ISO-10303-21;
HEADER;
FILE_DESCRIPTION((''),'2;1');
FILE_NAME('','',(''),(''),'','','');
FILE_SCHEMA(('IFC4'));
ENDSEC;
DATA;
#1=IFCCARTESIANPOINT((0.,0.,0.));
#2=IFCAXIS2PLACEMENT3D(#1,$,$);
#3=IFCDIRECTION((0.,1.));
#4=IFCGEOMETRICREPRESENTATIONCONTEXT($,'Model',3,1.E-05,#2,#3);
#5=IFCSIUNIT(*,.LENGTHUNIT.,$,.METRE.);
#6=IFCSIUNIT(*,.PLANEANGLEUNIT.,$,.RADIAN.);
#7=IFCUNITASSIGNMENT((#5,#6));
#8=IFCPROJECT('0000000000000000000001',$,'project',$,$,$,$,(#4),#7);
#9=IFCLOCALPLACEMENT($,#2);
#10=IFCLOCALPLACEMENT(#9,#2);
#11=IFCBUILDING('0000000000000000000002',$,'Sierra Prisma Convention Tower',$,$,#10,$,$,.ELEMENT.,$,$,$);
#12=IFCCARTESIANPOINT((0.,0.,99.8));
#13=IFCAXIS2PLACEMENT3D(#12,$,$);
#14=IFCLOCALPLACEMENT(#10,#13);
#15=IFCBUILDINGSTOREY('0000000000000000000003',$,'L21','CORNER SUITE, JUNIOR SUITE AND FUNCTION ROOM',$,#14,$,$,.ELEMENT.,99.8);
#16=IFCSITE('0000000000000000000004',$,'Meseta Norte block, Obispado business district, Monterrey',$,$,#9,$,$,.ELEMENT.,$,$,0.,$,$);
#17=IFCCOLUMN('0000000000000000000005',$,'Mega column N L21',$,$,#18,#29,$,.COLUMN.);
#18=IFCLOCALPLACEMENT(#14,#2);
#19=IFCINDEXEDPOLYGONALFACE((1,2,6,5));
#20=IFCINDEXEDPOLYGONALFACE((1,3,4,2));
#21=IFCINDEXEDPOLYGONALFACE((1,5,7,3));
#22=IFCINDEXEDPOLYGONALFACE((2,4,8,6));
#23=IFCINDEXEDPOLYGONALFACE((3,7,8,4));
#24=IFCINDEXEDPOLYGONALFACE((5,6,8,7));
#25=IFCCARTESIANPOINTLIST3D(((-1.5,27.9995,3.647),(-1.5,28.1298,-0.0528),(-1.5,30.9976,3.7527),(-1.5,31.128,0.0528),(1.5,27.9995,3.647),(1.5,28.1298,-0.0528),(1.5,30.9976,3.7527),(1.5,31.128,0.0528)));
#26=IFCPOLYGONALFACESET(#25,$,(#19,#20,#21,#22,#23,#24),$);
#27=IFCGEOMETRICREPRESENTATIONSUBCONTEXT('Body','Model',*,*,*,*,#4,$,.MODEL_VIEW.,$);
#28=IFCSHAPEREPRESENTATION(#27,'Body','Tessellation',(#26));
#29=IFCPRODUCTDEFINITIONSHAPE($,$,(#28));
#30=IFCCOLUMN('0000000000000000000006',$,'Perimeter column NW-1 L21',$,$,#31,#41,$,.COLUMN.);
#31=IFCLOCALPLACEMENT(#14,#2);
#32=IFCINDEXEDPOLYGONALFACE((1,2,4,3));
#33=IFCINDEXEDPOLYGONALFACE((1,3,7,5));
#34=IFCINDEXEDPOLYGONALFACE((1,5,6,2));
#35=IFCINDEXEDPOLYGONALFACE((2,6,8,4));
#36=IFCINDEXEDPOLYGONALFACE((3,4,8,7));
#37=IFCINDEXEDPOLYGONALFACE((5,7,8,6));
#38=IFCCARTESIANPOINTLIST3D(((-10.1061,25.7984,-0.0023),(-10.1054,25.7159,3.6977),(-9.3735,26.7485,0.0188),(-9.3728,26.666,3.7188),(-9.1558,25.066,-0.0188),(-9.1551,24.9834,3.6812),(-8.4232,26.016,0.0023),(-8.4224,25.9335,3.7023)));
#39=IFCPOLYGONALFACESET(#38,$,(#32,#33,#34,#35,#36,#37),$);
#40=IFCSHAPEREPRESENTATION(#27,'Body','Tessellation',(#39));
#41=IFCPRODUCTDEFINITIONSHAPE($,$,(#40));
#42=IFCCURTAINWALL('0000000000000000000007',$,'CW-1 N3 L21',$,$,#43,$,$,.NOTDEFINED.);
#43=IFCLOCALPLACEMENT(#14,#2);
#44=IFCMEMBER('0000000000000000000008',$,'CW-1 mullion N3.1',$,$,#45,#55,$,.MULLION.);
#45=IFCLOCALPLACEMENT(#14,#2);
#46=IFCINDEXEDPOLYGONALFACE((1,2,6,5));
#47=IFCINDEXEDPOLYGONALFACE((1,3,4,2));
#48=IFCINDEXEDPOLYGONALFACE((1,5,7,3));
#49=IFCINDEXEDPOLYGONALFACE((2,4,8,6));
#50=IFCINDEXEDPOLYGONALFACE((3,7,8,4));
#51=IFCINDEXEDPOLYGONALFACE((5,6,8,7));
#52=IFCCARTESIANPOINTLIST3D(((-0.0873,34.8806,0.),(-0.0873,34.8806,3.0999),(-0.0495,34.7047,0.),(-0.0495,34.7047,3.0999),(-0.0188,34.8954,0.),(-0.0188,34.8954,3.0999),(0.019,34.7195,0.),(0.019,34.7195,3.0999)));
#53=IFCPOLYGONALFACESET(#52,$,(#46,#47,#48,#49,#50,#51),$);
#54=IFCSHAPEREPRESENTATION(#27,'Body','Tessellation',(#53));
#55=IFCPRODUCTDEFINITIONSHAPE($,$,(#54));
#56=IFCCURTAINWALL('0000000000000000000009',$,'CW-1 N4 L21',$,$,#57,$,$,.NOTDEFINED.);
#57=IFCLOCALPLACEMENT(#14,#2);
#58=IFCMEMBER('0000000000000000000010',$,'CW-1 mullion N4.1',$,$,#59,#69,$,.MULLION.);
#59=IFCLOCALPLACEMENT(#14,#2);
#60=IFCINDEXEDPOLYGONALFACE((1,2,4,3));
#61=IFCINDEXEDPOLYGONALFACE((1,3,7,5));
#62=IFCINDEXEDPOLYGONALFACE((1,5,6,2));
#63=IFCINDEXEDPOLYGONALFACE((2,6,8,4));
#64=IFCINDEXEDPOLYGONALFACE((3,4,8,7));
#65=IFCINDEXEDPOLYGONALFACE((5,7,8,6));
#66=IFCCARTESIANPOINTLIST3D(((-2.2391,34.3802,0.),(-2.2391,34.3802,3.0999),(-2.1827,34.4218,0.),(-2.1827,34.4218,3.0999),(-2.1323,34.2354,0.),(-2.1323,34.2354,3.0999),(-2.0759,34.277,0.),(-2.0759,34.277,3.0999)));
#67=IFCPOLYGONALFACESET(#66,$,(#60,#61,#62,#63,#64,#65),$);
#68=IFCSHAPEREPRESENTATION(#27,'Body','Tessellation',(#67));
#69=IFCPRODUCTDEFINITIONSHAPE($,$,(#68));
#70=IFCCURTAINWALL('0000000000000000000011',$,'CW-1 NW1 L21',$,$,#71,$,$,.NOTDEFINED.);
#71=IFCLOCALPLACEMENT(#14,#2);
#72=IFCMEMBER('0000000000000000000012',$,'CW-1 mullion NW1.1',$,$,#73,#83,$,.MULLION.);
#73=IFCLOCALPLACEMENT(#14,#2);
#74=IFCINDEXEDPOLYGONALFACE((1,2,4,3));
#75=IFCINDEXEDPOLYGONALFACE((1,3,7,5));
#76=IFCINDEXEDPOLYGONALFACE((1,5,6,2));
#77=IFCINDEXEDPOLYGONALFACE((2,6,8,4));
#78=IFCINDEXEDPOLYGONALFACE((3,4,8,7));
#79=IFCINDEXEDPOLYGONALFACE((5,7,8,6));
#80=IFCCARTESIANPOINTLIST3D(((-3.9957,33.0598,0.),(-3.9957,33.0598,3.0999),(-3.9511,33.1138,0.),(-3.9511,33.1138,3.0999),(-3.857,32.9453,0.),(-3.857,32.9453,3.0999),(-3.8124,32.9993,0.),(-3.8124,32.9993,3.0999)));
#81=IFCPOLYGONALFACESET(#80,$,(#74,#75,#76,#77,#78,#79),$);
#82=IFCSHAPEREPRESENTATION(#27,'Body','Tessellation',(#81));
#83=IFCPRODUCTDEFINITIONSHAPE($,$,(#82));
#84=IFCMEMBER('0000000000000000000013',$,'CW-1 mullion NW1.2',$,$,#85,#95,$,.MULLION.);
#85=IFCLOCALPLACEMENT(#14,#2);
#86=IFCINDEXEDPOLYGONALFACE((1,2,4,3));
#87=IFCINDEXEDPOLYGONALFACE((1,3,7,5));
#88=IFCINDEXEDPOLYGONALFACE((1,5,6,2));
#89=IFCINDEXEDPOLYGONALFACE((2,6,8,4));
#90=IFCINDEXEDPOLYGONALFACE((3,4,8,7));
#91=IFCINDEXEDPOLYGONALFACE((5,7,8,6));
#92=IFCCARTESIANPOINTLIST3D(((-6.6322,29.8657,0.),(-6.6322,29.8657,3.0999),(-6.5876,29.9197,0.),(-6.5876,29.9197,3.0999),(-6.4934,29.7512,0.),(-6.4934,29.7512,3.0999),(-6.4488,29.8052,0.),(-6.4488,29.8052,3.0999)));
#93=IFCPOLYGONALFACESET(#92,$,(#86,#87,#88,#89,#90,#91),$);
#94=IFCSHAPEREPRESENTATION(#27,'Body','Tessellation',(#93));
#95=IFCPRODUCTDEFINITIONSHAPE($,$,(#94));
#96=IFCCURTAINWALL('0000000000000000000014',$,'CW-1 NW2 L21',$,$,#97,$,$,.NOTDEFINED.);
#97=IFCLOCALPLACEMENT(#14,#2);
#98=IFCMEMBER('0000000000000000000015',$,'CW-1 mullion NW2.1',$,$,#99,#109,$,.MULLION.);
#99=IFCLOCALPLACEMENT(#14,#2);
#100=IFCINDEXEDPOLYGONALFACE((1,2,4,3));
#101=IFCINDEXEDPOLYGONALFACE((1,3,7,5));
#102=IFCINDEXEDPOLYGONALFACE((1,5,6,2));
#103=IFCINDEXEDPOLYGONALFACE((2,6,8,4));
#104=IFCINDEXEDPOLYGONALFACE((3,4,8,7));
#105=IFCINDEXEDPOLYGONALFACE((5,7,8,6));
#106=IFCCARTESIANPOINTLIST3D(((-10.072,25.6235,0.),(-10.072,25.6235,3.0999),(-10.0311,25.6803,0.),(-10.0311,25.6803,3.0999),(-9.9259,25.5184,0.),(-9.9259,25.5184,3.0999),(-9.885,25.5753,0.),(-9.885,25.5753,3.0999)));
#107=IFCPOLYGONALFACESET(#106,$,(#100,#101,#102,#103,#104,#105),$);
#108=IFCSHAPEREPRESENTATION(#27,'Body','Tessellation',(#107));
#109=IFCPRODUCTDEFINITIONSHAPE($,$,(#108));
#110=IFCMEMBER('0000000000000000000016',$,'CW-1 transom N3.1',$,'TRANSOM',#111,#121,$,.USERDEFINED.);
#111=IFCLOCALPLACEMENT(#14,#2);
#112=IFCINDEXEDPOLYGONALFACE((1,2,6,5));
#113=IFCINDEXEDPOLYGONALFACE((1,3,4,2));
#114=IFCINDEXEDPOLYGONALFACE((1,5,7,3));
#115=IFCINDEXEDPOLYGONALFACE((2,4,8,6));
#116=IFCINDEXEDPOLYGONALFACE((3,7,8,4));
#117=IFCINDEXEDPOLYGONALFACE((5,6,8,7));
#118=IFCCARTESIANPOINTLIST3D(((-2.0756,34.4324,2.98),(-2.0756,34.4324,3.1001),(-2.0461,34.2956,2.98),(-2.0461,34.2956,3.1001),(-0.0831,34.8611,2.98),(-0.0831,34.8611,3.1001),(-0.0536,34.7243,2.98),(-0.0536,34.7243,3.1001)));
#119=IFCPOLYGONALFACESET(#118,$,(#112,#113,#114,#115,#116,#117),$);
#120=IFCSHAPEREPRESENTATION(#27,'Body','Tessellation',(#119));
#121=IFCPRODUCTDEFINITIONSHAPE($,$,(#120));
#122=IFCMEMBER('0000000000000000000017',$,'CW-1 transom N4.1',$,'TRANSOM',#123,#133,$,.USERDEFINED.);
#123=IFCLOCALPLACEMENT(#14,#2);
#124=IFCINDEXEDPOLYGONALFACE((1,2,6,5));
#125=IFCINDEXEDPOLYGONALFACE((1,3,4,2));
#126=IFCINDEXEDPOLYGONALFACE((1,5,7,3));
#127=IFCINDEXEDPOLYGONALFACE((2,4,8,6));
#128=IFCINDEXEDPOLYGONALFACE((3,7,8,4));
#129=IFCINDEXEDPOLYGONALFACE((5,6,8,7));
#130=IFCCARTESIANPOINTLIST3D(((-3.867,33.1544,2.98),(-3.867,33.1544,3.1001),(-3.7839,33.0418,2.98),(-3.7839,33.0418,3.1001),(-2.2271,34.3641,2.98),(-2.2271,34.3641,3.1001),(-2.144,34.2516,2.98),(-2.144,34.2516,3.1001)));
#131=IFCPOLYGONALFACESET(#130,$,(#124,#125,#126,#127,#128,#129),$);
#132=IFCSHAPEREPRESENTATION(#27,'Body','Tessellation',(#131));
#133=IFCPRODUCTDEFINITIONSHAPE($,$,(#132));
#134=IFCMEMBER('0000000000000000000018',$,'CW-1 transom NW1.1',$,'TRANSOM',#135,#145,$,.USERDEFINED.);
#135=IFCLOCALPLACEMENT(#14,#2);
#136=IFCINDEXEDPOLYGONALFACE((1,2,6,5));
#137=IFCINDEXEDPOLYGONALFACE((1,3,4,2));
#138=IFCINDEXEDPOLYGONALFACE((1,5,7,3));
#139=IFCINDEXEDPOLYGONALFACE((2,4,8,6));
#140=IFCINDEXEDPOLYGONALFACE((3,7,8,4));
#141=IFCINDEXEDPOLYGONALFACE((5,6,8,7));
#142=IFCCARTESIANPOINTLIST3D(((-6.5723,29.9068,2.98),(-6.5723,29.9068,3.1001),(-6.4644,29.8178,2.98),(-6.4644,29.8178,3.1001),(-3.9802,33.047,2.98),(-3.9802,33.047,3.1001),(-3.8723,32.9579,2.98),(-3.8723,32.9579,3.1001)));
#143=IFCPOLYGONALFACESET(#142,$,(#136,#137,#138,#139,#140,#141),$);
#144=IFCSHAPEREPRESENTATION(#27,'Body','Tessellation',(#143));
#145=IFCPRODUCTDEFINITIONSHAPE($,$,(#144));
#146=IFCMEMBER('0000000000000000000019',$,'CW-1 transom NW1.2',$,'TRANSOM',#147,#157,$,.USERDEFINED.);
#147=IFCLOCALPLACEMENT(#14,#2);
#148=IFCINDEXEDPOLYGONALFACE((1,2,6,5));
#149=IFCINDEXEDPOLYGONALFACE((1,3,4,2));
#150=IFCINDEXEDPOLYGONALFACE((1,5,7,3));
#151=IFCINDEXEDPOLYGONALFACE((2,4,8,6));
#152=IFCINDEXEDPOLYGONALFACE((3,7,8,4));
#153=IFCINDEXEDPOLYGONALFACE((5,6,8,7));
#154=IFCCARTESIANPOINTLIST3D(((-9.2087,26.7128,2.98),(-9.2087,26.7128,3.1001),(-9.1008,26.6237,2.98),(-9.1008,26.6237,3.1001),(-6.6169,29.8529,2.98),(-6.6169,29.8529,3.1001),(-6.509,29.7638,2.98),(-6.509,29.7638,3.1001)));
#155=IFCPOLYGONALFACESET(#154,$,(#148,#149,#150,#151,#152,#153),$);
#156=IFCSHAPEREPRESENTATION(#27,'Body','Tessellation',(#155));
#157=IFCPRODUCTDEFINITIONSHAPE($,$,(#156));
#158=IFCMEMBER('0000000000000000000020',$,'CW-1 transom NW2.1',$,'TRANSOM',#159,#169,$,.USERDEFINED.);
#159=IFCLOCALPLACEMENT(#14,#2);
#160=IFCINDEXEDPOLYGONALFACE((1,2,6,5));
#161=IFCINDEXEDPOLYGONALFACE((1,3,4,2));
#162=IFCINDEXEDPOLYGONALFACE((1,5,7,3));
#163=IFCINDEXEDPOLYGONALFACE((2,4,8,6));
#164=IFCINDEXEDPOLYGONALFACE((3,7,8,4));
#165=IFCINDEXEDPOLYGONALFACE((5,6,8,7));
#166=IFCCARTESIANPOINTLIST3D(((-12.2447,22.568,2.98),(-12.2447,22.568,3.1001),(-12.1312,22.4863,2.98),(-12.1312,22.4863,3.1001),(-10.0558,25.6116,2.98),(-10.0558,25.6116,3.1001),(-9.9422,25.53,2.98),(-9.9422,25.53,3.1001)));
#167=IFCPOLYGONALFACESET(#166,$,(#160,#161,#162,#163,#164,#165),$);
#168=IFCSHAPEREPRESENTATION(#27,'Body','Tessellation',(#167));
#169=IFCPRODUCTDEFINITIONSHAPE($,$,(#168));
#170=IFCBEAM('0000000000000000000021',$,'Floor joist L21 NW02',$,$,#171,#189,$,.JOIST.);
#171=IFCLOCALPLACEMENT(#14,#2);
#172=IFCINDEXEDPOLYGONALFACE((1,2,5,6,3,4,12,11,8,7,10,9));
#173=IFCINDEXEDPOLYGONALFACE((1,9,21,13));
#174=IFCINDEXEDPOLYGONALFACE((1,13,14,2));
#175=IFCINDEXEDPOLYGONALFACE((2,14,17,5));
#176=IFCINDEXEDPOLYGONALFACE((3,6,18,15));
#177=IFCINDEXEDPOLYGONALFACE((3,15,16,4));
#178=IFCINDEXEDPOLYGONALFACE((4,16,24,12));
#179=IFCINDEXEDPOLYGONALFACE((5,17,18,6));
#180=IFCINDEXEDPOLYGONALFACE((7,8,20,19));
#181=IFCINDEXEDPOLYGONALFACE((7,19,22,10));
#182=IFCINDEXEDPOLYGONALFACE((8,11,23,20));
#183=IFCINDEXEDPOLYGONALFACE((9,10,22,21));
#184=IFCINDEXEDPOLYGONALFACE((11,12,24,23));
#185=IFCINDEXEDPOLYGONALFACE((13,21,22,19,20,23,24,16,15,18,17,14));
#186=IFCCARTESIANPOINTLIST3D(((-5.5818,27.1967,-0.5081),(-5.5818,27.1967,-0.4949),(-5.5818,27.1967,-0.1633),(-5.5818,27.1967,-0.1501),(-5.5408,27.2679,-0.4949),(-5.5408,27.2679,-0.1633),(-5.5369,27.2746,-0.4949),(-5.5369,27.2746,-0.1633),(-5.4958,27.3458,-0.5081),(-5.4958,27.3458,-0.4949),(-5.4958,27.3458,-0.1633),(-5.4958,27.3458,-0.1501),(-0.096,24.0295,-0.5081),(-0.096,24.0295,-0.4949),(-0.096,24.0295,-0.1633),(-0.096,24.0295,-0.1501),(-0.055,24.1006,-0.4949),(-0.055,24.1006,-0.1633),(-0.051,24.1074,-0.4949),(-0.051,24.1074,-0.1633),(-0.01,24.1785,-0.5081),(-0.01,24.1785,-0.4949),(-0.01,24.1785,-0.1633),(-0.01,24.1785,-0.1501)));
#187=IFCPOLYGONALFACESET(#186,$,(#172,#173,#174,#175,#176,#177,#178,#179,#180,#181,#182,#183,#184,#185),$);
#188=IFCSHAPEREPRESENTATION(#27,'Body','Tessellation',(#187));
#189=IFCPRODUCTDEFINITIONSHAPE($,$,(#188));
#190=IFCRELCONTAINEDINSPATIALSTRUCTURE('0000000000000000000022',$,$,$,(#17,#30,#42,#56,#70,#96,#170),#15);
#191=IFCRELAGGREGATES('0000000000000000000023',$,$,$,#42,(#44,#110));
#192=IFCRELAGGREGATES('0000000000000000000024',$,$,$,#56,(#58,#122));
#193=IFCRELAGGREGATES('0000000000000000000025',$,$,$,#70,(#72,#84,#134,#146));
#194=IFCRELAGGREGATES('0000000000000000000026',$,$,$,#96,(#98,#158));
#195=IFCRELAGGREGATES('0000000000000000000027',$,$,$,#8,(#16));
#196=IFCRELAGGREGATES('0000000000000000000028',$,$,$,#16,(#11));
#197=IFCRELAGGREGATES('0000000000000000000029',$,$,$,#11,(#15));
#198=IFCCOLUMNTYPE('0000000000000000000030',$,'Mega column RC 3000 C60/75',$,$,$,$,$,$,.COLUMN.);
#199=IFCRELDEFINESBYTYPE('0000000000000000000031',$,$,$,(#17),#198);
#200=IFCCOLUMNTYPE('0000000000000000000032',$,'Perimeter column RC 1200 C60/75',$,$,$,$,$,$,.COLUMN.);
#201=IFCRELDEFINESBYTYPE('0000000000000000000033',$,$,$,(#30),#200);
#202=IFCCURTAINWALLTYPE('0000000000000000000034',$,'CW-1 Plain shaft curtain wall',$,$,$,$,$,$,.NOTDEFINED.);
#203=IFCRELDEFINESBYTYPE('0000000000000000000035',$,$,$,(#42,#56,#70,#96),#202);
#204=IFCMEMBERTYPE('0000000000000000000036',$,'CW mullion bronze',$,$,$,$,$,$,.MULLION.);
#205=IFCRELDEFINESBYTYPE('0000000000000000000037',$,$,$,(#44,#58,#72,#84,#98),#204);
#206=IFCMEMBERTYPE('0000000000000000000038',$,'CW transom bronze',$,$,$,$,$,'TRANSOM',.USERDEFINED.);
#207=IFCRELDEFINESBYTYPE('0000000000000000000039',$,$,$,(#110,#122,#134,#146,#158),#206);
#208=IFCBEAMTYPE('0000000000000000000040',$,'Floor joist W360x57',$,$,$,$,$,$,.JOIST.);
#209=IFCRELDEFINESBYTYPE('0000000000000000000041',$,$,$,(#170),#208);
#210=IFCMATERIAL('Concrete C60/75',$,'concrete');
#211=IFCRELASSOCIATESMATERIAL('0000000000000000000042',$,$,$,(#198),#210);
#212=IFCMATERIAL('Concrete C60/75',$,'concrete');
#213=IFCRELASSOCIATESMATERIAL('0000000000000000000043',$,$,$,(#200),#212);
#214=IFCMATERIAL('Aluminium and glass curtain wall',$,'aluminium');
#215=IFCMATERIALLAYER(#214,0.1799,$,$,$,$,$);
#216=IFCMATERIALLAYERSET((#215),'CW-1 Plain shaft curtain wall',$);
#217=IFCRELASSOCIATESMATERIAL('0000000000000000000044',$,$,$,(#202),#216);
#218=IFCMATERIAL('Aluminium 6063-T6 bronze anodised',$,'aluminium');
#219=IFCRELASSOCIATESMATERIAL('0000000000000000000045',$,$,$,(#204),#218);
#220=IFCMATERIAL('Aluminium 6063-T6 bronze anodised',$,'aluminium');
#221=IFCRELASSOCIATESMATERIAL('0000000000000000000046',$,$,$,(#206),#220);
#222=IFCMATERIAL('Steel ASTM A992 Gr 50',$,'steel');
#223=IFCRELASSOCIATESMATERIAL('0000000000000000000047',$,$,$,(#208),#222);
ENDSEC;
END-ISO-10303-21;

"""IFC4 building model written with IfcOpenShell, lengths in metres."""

from ifc_helpers import new_model, si_unit, direction, frame, origin, origin_2d, place, context, subcontext, project, spatial, rectangle, i_section, extrude, material, layer, layer_set, material_profile, profile_set, type_object, element, aggregate, save


model = new_model("IFC4")

# Units and contexts
model_context = context("Model", 3, precision=1e-05, world=origin(), true_north=direction((0.0, 1.0)))
body_context = subcontext(model_context, "Body", "Model", "MODEL_VIEW")
ifc_project = project(units=[si_unit("LENGTHUNIT", "METRE"), si_unit("PLANEANGLEUNIT", "RADIAN")], contexts=[model_context])

# Site, building, storey
site_placement = place(None, origin())
site = spatial("IfcSite", under=ifc_project, at=site_placement, Name="Meseta Norte block, Obispado business district, Monterrey", CompositionType="ELEMENT", RefElevation=0.0)
building_placement = place(site_placement, origin())
building = spatial("IfcBuilding", under=site, at=building_placement, Name="Sierra Prisma Convention Tower", CompositionType="ELEMENT")
storey_placement = place(building_placement, frame((0.0, 0.0, 99.8)))
storey = spatial("IfcBuildingStorey", under=building, at=storey_placement, Name="L21", Description="CORNER SUITE, JUNIOR SUITE AND FUNCTION ROOM", CompositionType="ELEMENT", Elevation=99.8)

# Columns
ifc_material_1 = material(Name="Concrete C60/75", Category="concrete")
ifc_material_profile_1 = material_profile(ifc_material_1, rectangle(XDim=3.0, YDim=3.0, at=origin_2d()), Name="Mega column RC 3000 C60/75")
ifc_profile_set_1 = profile_set([ifc_material_profile_1], Name="Concrete C60/75")
column_type_1 = type_object("IfcColumnType", Name="Mega column RC 3000 C60/75", PredefinedType="COLUMN", material=ifc_profile_set_1)
column_1_placement = place(storey_placement, frame((0.0, 29.6289, 0.0), z_axis=(0.0, -0.035214, 0.99938), x_axis=(1.0, 0.0, 0.0)))
element("IfcColumn", 1, at=column_1_placement, inside=storey, type_object=column_type_1, Name="Mega column N L21", PredefinedType="COLUMN", context=body_context, shape_type="SweptSolid", body=[
    extrude(rectangle(XDim=3.0, YDim=3.0, at=origin_2d()), origin(), (0.0, 0.0, 1.0), 3.7021),
])
ifc_material_2 = material(Name="Concrete C60/75", Category="concrete")
ifc_material_profile_2 = material_profile(ifc_material_2, rectangle(XDim=1.2, YDim=1.2, at=origin_2d()), Name="Perimeter column RC 1200 C60/75")
ifc_profile_set_2 = profile_set([ifc_material_profile_2], Name="Concrete C60/75")
column_type_2 = type_object("IfcColumnType", Name="Perimeter column RC 1200 C60/75", PredefinedType="COLUMN", material=ifc_profile_set_2)
column_2_placement = place(storey_placement, frame((-9.2646, 25.9072, 0.0), z_axis=(0.000198, -0.022297, 0.999751), x_axis=(0.61056, 0.791776, 0.017538)))
element("IfcColumn", 2, at=column_2_placement, inside=storey, type_object=column_type_2, Name="Perimeter column NW-1 L21", PredefinedType="COLUMN", context=body_context, shape_type="SweptSolid", body=[
    extrude(rectangle(XDim=1.2, YDim=1.2, at=origin_2d()), origin(), (0.0, 0.0, 1.0), 3.7009),
])

# Curtain walls, members
ifc_material_3 = material(Name="Aluminium and glass curtain wall", Category="aluminium")
ifc_layer_1 = layer(ifc_material_3, 0.1799)
ifc_layer_set_1 = layer_set([ifc_layer_1], Name="CW-1 Plain shaft curtain wall")
curtain_wall_type = type_object("IfcCurtainWallType", Name="CW-1 Plain shaft curtain wall", PredefinedType="NOTDEFINED", material=ifc_layer_set_1)
curtain_wall_1_placement = place(storey_placement, origin())
curtain_wall_1 = element("IfcCurtainWall", 3, at=curtain_wall_1_placement, inside=storey, type_object=curtain_wall_type, Name="CW-1 N3 L21", PredefinedType="NOTDEFINED")
ifc_material_4 = material(Name="Aluminium 6063-T6 bronze anodised", Category="aluminium")
ifc_material_profile_3 = material_profile(ifc_material_4, rectangle(XDim=0.1799, YDim=0.0701, at=origin_2d()), Name="ALU MULLION 70x180")
ifc_profile_set_3 = profile_set([ifc_material_profile_3], Name="Aluminium 6063-T6 bronze anodised")
member_type_1 = type_object("IfcMemberType", Name="CW mullion bronze", PredefinedType="MULLION", material=ifc_profile_set_3)
member_1_placement = place(storey_placement, frame((-0.0342, 34.8, 0.0), z_axis=(0.0, 0.0, 1.0), x_axis=(0.21028, -0.977641, 0.0)))
member_1 = element("IfcMember", 4, at=member_1_placement, type_object=member_type_1, Name="CW-1 mullion N3.1", PredefinedType="MULLION", context=body_context, shape_type="SweptSolid", body=[
    extrude(rectangle(XDim=0.1799, YDim=0.0701, at=origin_2d()), origin(), (0.0, 0.0, 1.0), 3.0999),
])
curtain_wall_2_placement = place(storey_placement, origin())
curtain_wall_2 = element("IfcCurtainWall", 5, at=curtain_wall_2_placement, inside=storey, type_object=curtain_wall_type, Name="CW-1 N4 L21", PredefinedType="NOTDEFINED")
member_2_placement = place(storey_placement, frame((-2.1575, 34.3286, 0.0), z_axis=(0.0, 0.0, 1.0), x_axis=(0.593647, -0.804726, 0.0)))
member_2 = element("IfcMember", 6, at=member_2_placement, type_object=member_type_1, Name="CW-1 mullion N4.1", PredefinedType="MULLION", context=body_context, shape_type="SweptSolid", body=[
    extrude(rectangle(XDim=0.1799, YDim=0.0701, at=origin_2d()), origin(), (0.0, 0.0, 1.0), 3.0999),
])

# Curtain wall, members
curtain_wall_3_placement = place(storey_placement, origin())
curtain_wall_3 = element("IfcCurtainWall", 7, at=curtain_wall_3_placement, inside=storey, type_object=curtain_wall_type, Name="CW-1 NW1 L21", PredefinedType="NOTDEFINED")
member_3_placement = place(storey_placement, frame((-3.9041, 33.0295, 0.0), z_axis=(0.0, 0.0, 1.0), x_axis=(0.771208, -0.636584, 0.0)))
member_3 = element("IfcMember", 8, at=member_3_placement, type_object=member_type_1, Name="CW-1 mullion NW1.1", PredefinedType="MULLION", context=body_context, shape_type="SweptSolid", body=[
    extrude(rectangle(XDim=0.1799, YDim=0.0701, at=origin_2d()), origin(), (0.0, 0.0, 1.0), 3.0999),
])
member_4_placement = place(storey_placement, frame((-6.5405, 29.8354, 0.0), z_axis=(0.0, 0.0, 1.0), x_axis=(0.771208, -0.636584, 0.0)))
member_4 = element("IfcMember", 9, at=member_4_placement, type_object=member_type_1, Name="CW-1 mullion NW1.2", PredefinedType="MULLION", context=body_context, shape_type="SweptSolid", body=[
    extrude(rectangle(XDim=0.1799, YDim=0.0701, at=origin_2d()), origin(), (0.0, 0.0, 1.0), 3.0999),
])

# Curtain wall, member
curtain_wall_4_placement = place(storey_placement, origin())
curtain_wall_4 = element("IfcCurtainWall", 10, at=curtain_wall_4_placement, inside=storey, type_object=curtain_wall_type, Name="CW-1 NW2 L21", PredefinedType="NOTDEFINED")
member_5_placement = place(storey_placement, frame((-9.9785, 25.5994, 0.0), z_axis=(0.0, 0.0, 1.0), x_axis=(0.811854, -0.58386, 0.0)))
member_5 = element("IfcMember", 11, at=member_5_placement, type_object=member_type_1, Name="CW-1 mullion NW2.1", PredefinedType="MULLION", context=body_context, shape_type="SweptSolid", body=[
    extrude(rectangle(XDim=0.1799, YDim=0.0701, at=origin_2d()), origin(), (0.0, 0.0, 1.0), 3.0999),
])

# Members
ifc_material_5 = material(Name="Aluminium 6063-T6 bronze anodised", Category="aluminium")
ifc_material_profile_4 = material_profile(ifc_material_5, rectangle(XDim=0.1399, YDim=0.1201, at=origin_2d()), Name="ALU TRANSOM 120x140")
ifc_profile_set_4 = profile_set([ifc_material_profile_4], Name="Aluminium 6063-T6 bronze anodised")
member_type_2 = type_object("IfcMemberType", Name="CW transom bronze", ElementType="TRANSOM", PredefinedType="USERDEFINED", material=ifc_profile_set_4)
member_6_placement = place(storey_placement, frame((-0.0684, 34.7927, 3.04), z_axis=(-0.977625, -0.210355, 0.0), x_axis=(0.210355, -0.977625, 0.0)))
member_6 = element("IfcMember", 12, at=member_6_placement, type_object=member_type_2, Name="CW-1 transom N3.1", ObjectType="TRANSOM", PredefinedType="USERDEFINED", context=body_context, shape_type="SweptSolid", body=[
    extrude(rectangle(XDim=0.1399, YDim=0.1201, at=origin_2d()), origin(), (0.0, 0.0, 1.0), 2.0381),
])
member_7_placement = place(storey_placement, frame((-2.1855, 34.3079, 3.04), z_axis=(-0.804734, -0.593636, 0.0), x_axis=(0.593636, -0.804734, 0.0)))
member_7 = element("IfcMember", 13, at=member_7_placement, type_object=member_type_2, Name="CW-1 transom N4.1", ObjectType="TRANSOM", PredefinedType="USERDEFINED", context=body_context, shape_type="SweptSolid", body=[
    extrude(rectangle(XDim=0.1399, YDim=0.1201, at=origin_2d()), origin(), (0.0, 0.0, 1.0), 2.0378),
])
member_8_placement = place(storey_placement, frame((-3.9263, 33.0024, 3.04), z_axis=(-0.636592, -0.771201, 0.0), x_axis=(0.771201, -0.636592, 0.0)))
member_8 = element("IfcMember", 14, at=member_8_placement, type_object=member_type_2, Name="CW-1 transom NW1.1", ObjectType="TRANSOM", PredefinedType="USERDEFINED", context=body_context, shape_type="SweptSolid", body=[
    extrude(rectangle(XDim=0.1399, YDim=0.1201, at=origin_2d()), origin(), (0.0, 0.0, 1.0), 4.0718),
])
member_9_placement = place(storey_placement, frame((-6.563, 29.8083, 3.04), z_axis=(-0.636556, -0.771231, 0.0), x_axis=(0.771231, -0.636556, 0.0)))
member_9 = element("IfcMember", 15, at=member_9_placement, type_object=member_type_2, Name="CW-1 transom NW1.2", ObjectType="TRANSOM", PredefinedType="USERDEFINED", context=body_context, shape_type="SweptSolid", body=[
    extrude(rectangle(XDim=0.1399, YDim=0.1201, at=origin_2d()), origin(), (0.0, 0.0, 1.0), 4.0715),
])
member_10_placement = place(storey_placement, frame((-9.999, 25.5708, 3.04), z_axis=(-0.583865, -0.81185, 0.0), x_axis=(0.81185, -0.583865, 0.0)))
member_10 = element("IfcMember", 16, at=member_10_placement, type_object=member_type_2, Name="CW-1 transom NW2.1", ObjectType="TRANSOM", PredefinedType="USERDEFINED", context=body_context, shape_type="SweptSolid", body=[
    extrude(rectangle(XDim=0.1399, YDim=0.1201, at=origin_2d()), origin(), (0.0, 0.0, 1.0), 3.749),
])

# Beam
ifc_material_6 = material(Name="Steel ASTM A992 Gr 50", Category="steel")
ifc_material_profile_5 = material_profile(ifc_material_6, i_section(OverallWidth=0.1721, OverallDepth=0.3579, WebThickness=0.0078, FlangeThickness=0.0132, at=origin_2d()), Name="W360x57")
ifc_profile_set_5 = profile_set([ifc_material_profile_5], Name="Steel ASTM A992 Gr 50")
beam_type_1 = type_object("IfcBeamType", Name="Floor joist W360x57", PredefinedType="JOIST", material=ifc_profile_set_5)
beam_1_placement = place(storey_placement, frame((-5.5388, 27.2712, -0.3291), z_axis=(0.866026, -0.499998, 0.0), x_axis=(0.499998, 0.866026, 0.0)))
element("IfcBeam", 17, at=beam_1_placement, inside=storey, type_object=beam_type_1, Name="Floor joist L21 NW02", PredefinedType="JOIST", context=body_context, shape_type="SweptSolid", body=[
    extrude(i_section(OverallWidth=0.1721, OverallDepth=0.3579, WebThickness=0.0078, FlangeThickness=0.0132, at=origin_2d()), origin(), (0.0, 0.0, 1.0), 6.3345),
])

aggregate(curtain_wall_1, [member_1, member_6])
aggregate(curtain_wall_2, [member_2, member_7])
aggregate(curtain_wall_3, [member_3, member_4, member_8, member_9])
aggregate(curtain_wall_4, [member_5, member_10])

save(model, "model.ifc")
